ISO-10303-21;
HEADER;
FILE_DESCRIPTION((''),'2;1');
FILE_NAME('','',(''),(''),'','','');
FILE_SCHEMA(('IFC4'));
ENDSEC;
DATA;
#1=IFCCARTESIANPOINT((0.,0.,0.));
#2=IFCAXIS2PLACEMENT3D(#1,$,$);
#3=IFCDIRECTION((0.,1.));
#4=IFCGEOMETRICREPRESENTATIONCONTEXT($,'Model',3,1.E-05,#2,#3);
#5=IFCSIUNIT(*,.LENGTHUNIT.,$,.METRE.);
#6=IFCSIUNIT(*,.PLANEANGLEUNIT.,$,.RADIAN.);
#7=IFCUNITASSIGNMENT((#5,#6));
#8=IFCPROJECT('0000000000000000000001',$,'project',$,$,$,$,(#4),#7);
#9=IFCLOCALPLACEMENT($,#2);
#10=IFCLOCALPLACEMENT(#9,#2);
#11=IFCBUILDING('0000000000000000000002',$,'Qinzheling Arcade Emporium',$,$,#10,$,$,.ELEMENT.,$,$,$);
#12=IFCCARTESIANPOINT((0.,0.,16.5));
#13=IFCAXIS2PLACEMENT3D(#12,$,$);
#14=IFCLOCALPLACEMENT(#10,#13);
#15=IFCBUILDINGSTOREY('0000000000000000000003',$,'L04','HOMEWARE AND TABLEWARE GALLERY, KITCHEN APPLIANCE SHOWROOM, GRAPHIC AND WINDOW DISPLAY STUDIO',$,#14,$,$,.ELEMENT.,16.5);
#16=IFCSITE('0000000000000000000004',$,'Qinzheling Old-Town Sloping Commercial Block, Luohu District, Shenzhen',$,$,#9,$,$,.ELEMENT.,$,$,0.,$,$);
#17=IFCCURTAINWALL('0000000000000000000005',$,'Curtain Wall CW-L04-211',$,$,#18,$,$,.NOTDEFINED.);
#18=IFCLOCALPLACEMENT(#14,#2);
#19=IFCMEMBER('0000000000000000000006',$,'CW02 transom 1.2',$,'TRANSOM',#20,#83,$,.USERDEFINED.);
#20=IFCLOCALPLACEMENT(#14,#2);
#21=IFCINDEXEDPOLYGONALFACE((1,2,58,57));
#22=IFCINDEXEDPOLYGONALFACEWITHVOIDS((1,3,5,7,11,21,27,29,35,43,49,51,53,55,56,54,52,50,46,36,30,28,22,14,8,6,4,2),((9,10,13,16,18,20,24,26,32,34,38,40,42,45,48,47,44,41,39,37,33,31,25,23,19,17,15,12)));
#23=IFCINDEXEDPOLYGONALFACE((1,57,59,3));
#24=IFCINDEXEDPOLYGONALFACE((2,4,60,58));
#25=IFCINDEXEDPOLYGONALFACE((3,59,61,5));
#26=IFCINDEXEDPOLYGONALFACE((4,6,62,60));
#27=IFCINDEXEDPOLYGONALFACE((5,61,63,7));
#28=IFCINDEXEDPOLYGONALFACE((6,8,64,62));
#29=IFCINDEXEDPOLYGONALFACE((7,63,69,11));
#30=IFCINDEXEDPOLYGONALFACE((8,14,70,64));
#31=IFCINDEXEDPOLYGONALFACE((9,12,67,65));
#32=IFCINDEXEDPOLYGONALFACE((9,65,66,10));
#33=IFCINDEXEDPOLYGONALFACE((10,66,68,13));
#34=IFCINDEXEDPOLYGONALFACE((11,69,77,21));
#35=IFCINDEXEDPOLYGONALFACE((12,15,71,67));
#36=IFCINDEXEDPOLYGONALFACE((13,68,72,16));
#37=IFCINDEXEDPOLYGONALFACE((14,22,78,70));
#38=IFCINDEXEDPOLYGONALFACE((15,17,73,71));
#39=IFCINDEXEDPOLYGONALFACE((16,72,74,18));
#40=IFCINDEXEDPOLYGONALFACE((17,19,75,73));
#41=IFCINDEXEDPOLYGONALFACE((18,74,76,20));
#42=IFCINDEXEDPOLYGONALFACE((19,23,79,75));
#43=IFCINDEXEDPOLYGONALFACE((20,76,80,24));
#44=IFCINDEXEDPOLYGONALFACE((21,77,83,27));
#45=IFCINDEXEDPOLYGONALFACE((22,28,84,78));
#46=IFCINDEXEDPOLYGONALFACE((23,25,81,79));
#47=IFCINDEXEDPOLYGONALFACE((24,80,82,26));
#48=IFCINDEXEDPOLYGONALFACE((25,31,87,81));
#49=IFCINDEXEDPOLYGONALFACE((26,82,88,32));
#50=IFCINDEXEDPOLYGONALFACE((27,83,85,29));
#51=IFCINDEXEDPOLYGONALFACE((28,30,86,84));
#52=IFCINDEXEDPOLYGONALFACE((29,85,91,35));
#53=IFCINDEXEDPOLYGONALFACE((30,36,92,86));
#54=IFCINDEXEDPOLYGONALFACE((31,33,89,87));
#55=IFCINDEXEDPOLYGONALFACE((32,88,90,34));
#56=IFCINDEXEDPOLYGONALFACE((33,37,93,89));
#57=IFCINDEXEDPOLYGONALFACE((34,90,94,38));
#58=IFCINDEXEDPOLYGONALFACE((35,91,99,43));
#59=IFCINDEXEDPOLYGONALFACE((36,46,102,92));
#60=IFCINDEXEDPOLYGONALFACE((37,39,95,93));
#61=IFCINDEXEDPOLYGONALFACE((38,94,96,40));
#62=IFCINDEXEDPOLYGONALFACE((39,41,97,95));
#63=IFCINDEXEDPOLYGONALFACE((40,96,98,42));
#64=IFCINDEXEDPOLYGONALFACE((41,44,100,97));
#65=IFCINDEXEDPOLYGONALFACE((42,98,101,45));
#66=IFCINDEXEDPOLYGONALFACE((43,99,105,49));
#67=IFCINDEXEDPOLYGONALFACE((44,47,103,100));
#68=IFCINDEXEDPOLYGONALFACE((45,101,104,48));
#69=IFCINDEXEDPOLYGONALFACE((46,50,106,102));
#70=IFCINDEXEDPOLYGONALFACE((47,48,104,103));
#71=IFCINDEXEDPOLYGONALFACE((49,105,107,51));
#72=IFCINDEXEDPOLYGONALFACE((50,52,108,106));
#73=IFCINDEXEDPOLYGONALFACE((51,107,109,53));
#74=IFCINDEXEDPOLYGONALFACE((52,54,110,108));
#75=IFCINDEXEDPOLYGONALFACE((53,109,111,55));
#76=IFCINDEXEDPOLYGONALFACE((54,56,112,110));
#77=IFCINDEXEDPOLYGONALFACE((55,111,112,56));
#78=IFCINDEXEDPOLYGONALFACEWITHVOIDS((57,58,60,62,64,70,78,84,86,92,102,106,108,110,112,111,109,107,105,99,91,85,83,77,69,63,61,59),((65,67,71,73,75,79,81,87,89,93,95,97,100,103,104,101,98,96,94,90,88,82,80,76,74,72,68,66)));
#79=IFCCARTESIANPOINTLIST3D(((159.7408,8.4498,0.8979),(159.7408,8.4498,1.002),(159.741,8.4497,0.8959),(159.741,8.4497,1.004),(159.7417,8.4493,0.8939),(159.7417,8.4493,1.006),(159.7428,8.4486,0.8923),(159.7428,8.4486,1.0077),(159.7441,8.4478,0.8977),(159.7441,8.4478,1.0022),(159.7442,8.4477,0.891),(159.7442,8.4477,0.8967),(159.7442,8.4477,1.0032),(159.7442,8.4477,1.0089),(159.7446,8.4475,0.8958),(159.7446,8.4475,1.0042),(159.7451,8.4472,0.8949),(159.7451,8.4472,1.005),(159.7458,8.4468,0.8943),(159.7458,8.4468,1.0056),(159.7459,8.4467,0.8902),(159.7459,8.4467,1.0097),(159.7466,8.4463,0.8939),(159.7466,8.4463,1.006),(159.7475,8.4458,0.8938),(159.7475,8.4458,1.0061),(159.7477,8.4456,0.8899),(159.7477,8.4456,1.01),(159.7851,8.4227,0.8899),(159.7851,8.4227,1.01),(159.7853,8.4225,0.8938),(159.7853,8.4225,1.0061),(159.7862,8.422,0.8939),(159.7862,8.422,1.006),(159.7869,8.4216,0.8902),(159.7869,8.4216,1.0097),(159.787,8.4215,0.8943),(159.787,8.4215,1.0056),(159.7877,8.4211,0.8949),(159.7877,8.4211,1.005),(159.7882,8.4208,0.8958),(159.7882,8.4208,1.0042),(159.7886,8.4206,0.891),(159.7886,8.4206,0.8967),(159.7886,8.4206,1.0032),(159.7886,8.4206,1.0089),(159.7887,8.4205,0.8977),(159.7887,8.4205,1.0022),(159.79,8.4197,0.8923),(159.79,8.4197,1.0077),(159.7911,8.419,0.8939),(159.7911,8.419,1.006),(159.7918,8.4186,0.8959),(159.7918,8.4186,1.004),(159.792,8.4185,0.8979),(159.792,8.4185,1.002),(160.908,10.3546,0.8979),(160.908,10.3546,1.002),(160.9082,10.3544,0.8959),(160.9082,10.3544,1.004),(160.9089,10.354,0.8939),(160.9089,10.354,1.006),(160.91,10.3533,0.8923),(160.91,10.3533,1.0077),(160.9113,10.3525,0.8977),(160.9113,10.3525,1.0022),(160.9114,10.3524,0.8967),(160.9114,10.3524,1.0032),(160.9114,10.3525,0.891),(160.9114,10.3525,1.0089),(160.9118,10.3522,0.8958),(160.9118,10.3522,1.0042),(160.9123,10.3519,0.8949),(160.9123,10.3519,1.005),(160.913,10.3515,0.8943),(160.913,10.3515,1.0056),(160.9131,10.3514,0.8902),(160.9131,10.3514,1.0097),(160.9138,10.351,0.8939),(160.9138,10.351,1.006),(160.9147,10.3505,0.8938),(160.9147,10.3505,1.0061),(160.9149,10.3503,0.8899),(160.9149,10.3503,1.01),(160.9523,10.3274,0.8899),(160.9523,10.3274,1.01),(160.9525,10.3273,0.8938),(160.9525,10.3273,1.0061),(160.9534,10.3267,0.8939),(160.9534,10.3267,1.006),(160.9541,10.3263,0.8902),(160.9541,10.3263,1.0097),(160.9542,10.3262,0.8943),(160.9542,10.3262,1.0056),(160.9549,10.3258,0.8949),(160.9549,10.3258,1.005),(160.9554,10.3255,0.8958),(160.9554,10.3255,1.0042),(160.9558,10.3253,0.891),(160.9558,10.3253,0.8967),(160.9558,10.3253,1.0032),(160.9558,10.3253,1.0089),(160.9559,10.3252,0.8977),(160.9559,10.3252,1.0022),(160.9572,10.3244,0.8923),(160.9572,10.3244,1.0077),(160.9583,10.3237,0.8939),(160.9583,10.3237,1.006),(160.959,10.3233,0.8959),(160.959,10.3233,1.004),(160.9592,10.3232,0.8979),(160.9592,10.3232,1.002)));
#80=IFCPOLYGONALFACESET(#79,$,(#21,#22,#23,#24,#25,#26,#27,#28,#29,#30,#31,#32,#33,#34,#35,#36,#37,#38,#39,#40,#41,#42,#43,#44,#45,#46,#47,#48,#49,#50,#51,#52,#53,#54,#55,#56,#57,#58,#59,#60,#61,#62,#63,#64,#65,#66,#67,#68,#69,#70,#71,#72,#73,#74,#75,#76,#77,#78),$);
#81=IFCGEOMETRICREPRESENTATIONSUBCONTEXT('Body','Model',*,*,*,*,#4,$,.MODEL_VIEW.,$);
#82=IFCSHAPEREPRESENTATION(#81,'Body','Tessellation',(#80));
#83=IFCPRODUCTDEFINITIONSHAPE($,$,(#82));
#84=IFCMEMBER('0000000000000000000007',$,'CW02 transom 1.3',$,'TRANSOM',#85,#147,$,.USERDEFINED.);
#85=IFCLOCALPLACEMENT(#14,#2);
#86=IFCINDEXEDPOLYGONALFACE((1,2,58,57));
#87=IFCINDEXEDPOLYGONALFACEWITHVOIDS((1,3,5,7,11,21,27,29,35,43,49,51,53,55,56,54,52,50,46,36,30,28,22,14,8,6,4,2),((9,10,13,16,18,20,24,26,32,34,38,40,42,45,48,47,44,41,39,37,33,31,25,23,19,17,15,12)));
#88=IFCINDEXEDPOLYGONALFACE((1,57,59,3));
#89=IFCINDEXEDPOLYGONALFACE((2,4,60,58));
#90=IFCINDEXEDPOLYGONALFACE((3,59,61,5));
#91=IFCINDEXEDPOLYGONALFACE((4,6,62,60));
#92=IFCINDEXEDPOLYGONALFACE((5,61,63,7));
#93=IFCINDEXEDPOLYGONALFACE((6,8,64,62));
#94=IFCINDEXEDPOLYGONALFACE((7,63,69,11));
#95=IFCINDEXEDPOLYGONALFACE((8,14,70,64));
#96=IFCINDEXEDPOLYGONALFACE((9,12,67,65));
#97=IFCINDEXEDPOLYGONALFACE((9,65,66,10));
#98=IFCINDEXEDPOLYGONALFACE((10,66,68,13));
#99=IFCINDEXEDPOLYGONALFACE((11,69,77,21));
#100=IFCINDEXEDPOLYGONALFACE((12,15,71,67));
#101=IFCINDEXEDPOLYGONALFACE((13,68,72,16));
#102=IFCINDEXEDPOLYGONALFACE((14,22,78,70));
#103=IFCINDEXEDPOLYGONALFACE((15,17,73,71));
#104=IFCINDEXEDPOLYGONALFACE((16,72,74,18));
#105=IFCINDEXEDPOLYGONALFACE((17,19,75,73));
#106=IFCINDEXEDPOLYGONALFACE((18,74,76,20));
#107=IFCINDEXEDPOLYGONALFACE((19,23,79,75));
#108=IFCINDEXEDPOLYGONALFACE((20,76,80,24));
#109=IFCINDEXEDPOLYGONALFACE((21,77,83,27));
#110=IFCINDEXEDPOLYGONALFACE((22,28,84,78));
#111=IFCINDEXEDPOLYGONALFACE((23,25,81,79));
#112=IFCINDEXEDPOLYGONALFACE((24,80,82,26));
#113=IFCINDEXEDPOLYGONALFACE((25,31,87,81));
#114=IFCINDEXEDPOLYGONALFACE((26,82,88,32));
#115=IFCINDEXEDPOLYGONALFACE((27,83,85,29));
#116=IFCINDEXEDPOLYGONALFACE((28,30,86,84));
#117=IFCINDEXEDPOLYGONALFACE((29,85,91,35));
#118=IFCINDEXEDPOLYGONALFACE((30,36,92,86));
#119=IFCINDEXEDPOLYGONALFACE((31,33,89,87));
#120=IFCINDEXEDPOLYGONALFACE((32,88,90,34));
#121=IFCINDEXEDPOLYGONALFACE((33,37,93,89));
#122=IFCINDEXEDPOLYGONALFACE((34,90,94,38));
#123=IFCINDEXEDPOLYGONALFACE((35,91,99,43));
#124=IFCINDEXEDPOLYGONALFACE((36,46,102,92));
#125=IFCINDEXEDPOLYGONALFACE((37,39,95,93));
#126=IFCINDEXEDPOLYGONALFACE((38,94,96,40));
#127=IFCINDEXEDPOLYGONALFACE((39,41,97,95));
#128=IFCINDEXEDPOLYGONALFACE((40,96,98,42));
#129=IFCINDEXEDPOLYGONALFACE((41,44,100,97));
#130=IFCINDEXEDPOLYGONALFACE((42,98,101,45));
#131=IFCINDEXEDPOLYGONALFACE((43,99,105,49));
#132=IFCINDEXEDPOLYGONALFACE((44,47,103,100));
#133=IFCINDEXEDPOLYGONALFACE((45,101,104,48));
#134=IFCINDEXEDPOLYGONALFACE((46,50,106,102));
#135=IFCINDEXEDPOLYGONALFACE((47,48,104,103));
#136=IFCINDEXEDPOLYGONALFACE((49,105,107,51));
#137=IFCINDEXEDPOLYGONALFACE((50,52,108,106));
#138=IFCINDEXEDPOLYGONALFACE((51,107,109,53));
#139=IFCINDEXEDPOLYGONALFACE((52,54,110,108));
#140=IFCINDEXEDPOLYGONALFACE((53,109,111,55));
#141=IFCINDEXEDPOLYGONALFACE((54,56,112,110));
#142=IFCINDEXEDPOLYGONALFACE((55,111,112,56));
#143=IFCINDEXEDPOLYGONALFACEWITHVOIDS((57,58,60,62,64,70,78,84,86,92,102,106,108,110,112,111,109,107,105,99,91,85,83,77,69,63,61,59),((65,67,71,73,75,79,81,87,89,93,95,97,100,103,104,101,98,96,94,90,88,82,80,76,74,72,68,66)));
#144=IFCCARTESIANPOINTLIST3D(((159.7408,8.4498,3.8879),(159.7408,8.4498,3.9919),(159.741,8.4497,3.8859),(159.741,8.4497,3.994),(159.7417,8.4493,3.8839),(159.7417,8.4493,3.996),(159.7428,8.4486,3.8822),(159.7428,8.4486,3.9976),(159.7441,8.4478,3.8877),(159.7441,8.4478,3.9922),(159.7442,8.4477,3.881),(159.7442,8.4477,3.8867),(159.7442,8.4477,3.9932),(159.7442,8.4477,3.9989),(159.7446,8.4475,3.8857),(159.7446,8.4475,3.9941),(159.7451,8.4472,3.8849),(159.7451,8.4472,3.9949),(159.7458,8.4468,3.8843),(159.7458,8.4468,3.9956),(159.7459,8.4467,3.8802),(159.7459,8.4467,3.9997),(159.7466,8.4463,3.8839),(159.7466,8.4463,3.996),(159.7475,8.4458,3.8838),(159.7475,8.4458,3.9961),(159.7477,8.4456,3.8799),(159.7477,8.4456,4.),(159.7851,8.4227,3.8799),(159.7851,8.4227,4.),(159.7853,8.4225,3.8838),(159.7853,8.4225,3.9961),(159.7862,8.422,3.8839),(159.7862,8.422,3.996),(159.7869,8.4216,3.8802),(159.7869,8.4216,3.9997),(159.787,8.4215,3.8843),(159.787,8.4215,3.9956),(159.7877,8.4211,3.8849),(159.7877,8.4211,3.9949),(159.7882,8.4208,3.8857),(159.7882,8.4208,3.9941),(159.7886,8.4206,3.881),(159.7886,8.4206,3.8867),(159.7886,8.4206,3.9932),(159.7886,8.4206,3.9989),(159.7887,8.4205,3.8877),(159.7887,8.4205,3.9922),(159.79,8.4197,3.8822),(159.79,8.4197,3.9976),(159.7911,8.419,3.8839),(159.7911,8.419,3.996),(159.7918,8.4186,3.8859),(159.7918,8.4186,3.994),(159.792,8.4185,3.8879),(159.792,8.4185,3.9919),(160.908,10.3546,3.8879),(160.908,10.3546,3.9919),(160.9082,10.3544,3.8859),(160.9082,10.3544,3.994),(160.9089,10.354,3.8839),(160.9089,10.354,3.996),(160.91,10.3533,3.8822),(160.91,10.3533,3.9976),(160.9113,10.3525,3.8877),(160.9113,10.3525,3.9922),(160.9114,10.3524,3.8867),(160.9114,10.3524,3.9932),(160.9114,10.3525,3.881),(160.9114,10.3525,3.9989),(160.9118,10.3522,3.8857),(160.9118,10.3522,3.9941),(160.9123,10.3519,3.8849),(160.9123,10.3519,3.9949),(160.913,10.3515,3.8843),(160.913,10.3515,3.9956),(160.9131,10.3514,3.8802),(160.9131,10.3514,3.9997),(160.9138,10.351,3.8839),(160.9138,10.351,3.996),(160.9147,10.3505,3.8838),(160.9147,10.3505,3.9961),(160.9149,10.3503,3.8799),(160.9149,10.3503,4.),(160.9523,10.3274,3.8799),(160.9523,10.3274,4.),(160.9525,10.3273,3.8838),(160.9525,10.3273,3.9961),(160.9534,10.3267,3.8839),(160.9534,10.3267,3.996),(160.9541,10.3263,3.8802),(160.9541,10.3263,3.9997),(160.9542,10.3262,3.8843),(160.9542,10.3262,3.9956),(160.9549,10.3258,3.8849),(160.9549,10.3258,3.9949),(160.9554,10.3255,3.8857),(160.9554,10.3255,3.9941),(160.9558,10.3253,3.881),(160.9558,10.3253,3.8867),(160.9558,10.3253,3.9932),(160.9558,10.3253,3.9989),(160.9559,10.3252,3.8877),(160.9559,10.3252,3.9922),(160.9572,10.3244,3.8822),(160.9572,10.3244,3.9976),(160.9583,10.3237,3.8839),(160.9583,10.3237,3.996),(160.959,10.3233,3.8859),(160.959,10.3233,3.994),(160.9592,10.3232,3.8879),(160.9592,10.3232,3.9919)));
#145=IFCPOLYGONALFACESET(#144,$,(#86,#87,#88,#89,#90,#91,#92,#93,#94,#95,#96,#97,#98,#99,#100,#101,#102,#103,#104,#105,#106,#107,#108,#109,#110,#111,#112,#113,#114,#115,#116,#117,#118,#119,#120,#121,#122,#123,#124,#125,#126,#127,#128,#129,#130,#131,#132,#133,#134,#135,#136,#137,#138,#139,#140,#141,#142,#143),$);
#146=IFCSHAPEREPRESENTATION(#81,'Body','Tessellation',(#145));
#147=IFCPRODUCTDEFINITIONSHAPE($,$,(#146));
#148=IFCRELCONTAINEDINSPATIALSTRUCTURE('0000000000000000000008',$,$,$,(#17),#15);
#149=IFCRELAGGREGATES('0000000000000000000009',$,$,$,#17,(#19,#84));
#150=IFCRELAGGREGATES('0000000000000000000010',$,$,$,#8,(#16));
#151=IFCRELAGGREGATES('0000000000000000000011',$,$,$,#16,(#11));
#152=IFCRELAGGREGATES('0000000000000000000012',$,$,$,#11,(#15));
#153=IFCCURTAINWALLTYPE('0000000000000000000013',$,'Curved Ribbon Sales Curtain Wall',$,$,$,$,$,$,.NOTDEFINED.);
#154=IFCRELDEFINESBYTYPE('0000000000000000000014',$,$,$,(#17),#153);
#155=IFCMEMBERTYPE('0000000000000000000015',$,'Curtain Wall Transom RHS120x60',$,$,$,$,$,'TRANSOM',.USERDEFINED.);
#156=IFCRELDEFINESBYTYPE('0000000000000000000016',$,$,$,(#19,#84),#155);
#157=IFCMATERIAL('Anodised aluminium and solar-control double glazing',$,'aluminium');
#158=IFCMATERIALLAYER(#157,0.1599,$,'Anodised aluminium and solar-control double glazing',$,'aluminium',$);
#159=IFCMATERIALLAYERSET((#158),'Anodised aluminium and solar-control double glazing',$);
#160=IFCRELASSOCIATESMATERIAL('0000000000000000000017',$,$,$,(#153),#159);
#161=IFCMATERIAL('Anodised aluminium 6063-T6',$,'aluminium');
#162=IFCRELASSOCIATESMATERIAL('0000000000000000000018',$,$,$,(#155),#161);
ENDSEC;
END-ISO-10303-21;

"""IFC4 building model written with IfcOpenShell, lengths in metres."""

from ifc_helpers import new_model, si_unit, direction, frame, origin, origin_2d, place, context, subcontext, project, spatial, hollow_rectangle, extrude, material, layer, layer_set, material_profile, profile_set, type_object, element, aggregate, save


model = new_model("IFC4")

# Units and contexts
model_context = context("Model", 3, precision=1e-05, world=origin(), true_north=direction((0.0, 1.0)))
body_context = subcontext(model_context, "Body", "Model", "MODEL_VIEW")
ifc_project = project(units=[si_unit("LENGTHUNIT", "METRE"), si_unit("PLANEANGLEUNIT", "RADIAN")], contexts=[model_context])

# Site, building, storey
site_placement = place(None, origin())
site = spatial("IfcSite", under=ifc_project, at=site_placement, Name="Qinzheling Old-Town Sloping Commercial Block, Luohu District, Shenzhen", CompositionType="ELEMENT", RefElevation=0.0)
building_placement = place(site_placement, origin())
building = spatial("IfcBuilding", under=site, at=building_placement, Name="Qinzheling Arcade Emporium", CompositionType="ELEMENT")
storey_placement = place(building_placement, frame((0.0, 0.0, 16.5)))
storey = spatial("IfcBuildingStorey", under=building, at=storey_placement, Name="L04", Description="HOMEWARE AND TABLEWARE GALLERY, KITCHEN APPLIANCE SHOWROOM, GRAPHIC AND WINDOW DISPLAY STUDIO", CompositionType="ELEMENT", Elevation=16.5)

# Shared definitions
ifc_material_1 = material(Name="Anodised aluminium and solar-control double glazing", Category="aluminium")
ifc_material_2 = material(Name="Anodised aluminium 6063-T6", Category="aluminium")
ifc_layer_1 = layer(ifc_material_1, 0.1599, Name="Anodised aluminium and solar-control double glazing", Category="aluminium")
ifc_layer_set_1 = layer_set([ifc_layer_1], Name="Anodised aluminium and solar-control double glazing")
curtain_wall_type_1 = type_object("IfcCurtainWallType", Name="Curved Ribbon Sales Curtain Wall", PredefinedType="NOTDEFINED", material=ifc_layer_set_1)

# Curtain wall
curtain_wall_1_placement = place(storey_placement, origin())
curtain_wall_1 = element("IfcCurtainWall", 1, at=curtain_wall_1_placement, inside=storey, type_object=curtain_wall_type_1, Name="Curtain Wall CW-L04-211", PredefinedType="NOTDEFINED")

# Members
ifc_material_profile_1 = material_profile(ifc_material_2, hollow_rectangle(XDim=0.0601, YDim=0.1201, WallThickness=0.0039, InnerFilletRadius=0.0039, OuterFilletRadius=0.0081, at=origin_2d()), Name="RHS 120x60x4", Category="aluminium")
ifc_profile_set_1 = profile_set([ifc_material_profile_1], Name="Anodised aluminium 6063-T6")
member_type_1 = type_object("IfcMemberType", Name="Curtain Wall Transom RHS120x60", ElementType="TRANSOM", PredefinedType="USERDEFINED", material=ifc_profile_set_1)
member_1_placement = place(storey_placement, frame((160.9336, 10.3389, 0.95), z_axis=(-0.522493, -0.852644, 0.0), x_axis=(0.852644, -0.522493, 0.0)))
member_1 = element("IfcMember", 2, at=member_1_placement, type_object=member_type_1, Name="CW02 transom 1.2", ObjectType="TRANSOM", PredefinedType="USERDEFINED", context=body_context, shape_type="SweptSolid", body=[
    extrude(hollow_rectangle(XDim=0.0601, YDim=0.1201, WallThickness=0.0039, InnerFilletRadius=0.0039, OuterFilletRadius=0.0081, at=origin_2d()), origin(), (0.0, 0.0, 1.0), 2.2339),
])
member_2_placement = place(storey_placement, frame((160.9336, 10.3389, 3.9399), z_axis=(-0.522493, -0.852644, 0.0), x_axis=(0.852644, -0.522493, 0.0)))
member_2 = element("IfcMember", 3, at=member_2_placement, type_object=member_type_1, Name="CW02 transom 1.3", ObjectType="TRANSOM", PredefinedType="USERDEFINED", context=body_context, shape_type="SweptSolid", body=[
    extrude(hollow_rectangle(XDim=0.0601, YDim=0.1201, WallThickness=0.0039, InnerFilletRadius=0.0039, OuterFilletRadius=0.0081, at=origin_2d()), origin(), (0.0, 0.0, 1.0), 2.2339),
])

aggregate(curtain_wall_1, [member_1, member_2])

save(model, "model.ifc")
